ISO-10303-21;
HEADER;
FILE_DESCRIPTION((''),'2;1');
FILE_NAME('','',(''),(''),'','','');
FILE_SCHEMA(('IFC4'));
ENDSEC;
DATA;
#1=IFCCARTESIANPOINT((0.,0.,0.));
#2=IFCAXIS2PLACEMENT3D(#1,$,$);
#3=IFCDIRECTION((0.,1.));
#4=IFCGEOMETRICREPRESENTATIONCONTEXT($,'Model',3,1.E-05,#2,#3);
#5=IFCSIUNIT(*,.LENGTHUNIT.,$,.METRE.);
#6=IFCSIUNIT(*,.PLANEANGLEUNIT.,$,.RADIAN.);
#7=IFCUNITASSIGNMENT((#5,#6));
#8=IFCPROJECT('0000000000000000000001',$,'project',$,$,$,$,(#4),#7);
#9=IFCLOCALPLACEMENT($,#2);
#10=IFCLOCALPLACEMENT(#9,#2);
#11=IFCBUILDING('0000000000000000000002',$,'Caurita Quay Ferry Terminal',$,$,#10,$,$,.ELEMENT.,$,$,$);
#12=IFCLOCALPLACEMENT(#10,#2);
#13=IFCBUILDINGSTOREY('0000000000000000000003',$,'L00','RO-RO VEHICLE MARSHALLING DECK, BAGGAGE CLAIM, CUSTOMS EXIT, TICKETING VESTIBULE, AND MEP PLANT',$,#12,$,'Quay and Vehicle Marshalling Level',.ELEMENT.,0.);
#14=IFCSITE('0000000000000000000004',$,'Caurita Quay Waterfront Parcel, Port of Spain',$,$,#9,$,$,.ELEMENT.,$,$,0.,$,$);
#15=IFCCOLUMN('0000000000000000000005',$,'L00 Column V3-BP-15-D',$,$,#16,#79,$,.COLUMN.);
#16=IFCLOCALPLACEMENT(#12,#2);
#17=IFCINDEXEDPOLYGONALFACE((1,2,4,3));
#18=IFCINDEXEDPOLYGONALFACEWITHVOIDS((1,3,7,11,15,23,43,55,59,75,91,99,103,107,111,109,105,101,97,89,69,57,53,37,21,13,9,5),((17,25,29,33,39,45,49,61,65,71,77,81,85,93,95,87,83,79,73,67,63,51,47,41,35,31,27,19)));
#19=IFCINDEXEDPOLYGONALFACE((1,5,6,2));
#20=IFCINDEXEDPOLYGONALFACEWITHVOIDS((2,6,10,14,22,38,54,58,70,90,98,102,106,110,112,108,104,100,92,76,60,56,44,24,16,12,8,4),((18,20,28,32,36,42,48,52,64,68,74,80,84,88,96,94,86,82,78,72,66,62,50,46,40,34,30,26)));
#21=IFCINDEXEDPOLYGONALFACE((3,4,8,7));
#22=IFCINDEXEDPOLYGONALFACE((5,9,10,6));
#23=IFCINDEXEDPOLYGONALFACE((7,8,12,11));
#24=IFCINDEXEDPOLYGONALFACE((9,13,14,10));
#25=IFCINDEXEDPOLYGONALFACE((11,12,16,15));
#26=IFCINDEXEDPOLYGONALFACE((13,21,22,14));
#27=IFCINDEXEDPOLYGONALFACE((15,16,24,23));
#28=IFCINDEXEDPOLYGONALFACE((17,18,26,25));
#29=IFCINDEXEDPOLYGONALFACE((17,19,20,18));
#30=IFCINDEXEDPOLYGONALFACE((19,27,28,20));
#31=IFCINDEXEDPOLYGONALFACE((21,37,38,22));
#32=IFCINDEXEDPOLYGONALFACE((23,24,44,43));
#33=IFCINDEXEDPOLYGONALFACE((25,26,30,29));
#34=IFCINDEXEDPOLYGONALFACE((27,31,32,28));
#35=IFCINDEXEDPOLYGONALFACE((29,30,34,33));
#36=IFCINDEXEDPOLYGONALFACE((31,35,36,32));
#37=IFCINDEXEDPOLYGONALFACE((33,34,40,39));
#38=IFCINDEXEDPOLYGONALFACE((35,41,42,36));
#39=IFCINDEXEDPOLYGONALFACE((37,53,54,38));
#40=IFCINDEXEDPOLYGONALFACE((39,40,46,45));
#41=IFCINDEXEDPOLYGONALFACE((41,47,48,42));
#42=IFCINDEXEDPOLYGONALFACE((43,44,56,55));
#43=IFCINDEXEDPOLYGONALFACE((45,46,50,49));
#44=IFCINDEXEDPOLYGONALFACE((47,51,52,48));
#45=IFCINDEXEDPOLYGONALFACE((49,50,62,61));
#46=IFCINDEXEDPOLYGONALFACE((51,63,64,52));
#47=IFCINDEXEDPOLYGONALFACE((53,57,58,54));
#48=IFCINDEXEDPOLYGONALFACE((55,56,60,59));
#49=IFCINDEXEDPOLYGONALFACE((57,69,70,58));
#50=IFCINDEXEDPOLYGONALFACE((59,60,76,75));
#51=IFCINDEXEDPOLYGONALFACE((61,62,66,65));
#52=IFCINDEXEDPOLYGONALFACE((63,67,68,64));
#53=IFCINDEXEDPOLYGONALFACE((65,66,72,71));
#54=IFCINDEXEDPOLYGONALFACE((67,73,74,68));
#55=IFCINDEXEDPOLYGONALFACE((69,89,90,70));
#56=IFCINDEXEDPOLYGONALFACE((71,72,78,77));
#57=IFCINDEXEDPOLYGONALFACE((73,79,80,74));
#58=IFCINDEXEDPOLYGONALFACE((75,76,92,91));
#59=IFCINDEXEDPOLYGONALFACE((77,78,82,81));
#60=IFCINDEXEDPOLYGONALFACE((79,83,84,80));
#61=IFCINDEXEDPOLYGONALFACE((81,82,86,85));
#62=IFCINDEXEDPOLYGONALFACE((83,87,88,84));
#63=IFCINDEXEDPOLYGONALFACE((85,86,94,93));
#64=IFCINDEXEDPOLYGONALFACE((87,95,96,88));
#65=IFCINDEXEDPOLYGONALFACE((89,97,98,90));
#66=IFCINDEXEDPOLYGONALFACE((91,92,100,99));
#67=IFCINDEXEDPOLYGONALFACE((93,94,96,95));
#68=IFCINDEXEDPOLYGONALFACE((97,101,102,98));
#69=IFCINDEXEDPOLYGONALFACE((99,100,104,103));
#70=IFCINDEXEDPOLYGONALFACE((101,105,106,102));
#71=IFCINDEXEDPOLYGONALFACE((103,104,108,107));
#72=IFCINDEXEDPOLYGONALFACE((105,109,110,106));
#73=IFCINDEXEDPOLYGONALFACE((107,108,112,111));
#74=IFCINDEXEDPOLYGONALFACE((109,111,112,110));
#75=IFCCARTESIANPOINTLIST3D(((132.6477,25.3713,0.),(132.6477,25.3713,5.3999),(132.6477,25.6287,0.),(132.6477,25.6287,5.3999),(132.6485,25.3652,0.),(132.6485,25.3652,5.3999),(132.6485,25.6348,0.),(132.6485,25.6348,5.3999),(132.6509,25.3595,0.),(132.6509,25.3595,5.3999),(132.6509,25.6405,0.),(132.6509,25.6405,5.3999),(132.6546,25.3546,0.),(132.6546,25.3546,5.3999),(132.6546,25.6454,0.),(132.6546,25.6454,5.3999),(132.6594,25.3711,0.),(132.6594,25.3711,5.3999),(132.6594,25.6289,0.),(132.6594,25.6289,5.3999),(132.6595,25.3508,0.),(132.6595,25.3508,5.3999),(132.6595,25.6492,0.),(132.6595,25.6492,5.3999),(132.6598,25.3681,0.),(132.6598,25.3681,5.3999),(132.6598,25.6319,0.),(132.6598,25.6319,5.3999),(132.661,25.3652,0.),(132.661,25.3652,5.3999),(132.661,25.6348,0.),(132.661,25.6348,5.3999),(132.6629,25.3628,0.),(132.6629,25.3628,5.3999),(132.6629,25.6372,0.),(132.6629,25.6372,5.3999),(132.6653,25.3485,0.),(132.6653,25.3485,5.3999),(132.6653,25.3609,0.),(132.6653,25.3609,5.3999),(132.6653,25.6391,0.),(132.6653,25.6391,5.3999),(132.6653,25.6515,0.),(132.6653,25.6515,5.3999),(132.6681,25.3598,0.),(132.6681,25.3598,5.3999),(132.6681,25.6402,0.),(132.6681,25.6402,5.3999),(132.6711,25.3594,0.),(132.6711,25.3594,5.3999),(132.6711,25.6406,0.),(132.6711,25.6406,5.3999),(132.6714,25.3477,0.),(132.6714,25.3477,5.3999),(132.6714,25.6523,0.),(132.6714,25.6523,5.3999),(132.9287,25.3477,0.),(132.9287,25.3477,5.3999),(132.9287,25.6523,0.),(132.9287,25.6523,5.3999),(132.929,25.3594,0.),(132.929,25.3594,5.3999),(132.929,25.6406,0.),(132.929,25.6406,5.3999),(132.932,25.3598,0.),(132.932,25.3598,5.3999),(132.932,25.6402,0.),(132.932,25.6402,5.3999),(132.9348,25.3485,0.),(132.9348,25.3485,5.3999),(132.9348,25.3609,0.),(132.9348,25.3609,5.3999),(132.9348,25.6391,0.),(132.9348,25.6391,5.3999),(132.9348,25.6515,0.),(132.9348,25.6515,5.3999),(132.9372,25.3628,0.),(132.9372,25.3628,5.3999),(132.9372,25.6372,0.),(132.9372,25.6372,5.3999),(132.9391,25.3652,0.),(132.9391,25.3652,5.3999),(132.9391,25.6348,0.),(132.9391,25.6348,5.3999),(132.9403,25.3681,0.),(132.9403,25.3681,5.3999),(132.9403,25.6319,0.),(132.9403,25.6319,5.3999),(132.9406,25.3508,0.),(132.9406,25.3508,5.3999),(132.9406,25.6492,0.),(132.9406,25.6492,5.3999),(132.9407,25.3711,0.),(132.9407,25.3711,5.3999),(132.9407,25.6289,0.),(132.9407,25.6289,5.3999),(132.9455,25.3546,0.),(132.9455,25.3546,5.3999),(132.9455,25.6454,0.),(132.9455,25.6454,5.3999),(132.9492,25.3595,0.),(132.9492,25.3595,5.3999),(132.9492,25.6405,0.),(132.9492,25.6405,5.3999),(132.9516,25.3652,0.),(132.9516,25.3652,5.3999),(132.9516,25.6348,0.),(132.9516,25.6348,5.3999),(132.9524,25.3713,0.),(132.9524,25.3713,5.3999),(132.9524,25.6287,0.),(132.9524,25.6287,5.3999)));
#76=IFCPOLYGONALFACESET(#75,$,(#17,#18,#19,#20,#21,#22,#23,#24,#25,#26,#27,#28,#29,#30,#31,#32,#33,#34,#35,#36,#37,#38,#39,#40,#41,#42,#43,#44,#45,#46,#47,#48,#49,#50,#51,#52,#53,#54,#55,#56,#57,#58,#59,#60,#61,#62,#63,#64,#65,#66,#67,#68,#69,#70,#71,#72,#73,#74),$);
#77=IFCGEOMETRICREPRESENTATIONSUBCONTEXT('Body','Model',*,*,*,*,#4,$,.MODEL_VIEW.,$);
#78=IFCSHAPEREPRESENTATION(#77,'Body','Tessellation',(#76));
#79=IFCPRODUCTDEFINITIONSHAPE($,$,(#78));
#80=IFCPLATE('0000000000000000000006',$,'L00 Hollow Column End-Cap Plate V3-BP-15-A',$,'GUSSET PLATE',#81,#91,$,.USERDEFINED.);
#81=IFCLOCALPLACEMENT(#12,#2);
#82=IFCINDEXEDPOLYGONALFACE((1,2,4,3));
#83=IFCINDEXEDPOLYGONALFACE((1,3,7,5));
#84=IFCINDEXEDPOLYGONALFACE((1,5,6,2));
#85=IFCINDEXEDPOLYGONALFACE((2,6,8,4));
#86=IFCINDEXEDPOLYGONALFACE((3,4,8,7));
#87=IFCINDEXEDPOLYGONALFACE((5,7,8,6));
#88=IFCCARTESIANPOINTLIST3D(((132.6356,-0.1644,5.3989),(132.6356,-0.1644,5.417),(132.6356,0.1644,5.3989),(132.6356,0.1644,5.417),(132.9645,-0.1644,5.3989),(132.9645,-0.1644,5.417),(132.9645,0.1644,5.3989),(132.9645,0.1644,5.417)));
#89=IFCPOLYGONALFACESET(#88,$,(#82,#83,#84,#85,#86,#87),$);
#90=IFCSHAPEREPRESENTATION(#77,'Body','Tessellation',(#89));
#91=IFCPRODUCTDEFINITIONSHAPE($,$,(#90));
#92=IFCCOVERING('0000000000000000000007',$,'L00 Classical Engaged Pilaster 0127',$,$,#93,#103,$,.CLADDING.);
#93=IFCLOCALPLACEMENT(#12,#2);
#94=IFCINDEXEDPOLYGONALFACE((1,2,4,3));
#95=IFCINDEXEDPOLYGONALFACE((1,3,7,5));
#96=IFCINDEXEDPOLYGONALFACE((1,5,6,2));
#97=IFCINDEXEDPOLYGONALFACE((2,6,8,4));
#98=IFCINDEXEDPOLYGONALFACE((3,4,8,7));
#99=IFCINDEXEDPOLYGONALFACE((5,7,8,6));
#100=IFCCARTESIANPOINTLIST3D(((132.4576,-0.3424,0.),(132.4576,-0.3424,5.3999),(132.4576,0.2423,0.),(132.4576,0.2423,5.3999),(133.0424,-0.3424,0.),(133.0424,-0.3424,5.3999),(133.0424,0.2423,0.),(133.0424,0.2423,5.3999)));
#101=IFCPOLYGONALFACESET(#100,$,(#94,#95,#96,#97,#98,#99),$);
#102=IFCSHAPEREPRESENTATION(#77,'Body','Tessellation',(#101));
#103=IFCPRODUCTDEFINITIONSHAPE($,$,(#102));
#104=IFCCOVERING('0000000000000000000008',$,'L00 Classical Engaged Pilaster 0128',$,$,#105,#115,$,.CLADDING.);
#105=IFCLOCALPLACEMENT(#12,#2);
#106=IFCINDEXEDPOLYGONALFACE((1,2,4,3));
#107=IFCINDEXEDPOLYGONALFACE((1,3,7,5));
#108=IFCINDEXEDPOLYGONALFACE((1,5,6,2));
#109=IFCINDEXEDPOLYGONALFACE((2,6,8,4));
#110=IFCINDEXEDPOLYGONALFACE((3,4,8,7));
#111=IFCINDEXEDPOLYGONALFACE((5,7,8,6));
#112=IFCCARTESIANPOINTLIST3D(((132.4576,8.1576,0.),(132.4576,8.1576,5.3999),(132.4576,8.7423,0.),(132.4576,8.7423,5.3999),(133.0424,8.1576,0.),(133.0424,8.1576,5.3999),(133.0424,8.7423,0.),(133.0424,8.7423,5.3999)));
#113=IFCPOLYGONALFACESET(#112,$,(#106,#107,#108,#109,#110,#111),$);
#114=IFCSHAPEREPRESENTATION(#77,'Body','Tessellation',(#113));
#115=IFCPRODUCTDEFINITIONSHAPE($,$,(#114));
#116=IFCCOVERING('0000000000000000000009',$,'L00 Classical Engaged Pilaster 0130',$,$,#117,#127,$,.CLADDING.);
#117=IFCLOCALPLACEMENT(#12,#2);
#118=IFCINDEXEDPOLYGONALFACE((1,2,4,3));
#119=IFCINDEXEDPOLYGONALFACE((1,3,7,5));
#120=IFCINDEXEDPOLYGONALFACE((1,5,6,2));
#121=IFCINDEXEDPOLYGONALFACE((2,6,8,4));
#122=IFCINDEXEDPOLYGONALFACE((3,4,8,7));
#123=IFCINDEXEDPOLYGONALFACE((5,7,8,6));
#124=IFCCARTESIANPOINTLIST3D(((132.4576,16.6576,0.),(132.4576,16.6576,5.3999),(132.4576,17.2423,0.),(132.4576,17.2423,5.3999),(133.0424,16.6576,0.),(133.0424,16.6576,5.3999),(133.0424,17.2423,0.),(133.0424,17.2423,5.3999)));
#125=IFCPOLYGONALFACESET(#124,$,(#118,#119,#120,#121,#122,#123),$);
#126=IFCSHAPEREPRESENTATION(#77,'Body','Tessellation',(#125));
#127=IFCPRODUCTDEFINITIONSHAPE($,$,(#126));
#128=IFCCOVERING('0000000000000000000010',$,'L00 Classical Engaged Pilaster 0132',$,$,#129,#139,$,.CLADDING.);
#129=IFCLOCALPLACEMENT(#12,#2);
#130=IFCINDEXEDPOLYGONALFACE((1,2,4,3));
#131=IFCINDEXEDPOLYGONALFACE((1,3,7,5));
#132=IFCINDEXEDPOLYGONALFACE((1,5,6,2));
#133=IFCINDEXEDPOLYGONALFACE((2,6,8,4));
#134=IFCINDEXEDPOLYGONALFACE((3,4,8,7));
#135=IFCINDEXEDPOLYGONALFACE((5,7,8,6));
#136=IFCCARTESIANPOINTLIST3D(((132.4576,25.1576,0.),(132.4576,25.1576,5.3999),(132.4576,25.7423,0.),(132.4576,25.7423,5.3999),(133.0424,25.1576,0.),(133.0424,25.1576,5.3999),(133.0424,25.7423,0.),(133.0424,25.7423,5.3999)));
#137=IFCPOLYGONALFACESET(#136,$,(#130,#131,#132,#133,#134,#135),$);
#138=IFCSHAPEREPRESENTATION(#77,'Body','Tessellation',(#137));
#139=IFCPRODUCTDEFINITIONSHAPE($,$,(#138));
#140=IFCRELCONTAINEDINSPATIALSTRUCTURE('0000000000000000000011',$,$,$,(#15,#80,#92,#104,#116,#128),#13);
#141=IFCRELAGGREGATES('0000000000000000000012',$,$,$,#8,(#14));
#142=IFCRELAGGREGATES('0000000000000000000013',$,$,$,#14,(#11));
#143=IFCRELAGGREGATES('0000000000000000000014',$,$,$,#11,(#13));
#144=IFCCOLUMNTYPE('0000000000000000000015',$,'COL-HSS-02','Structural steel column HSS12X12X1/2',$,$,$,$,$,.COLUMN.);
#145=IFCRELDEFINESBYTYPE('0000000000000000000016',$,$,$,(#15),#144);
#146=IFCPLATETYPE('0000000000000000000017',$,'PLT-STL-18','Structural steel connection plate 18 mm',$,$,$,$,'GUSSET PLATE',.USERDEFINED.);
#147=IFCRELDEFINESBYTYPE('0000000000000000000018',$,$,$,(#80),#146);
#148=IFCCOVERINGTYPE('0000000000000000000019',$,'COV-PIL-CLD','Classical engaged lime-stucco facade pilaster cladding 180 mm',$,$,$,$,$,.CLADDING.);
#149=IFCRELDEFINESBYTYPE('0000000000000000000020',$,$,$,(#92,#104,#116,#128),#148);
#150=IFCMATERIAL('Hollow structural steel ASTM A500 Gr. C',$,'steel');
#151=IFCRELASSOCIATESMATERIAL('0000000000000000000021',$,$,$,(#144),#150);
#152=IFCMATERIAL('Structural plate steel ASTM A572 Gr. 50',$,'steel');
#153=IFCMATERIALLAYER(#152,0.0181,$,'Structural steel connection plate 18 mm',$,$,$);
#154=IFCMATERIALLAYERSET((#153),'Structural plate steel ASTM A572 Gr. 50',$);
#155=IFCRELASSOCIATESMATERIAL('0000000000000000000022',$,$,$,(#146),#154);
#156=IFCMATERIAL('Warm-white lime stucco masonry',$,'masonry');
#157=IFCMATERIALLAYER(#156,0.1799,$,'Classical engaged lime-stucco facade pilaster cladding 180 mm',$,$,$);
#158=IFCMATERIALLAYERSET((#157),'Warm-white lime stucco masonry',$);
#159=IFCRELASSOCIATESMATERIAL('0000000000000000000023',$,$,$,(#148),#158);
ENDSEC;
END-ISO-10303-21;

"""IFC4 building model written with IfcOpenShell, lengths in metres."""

from ifc_helpers import new_model, si_unit, direction, frame, origin, origin_2d, place, context, subcontext, project, spatial, rectangle, hollow_rectangle, extrude, material, layer, layer_set, material_profile, profile_set, type_object, element, save


model = new_model("IFC4")

# Units and contexts
model_context = context("Model", 3, precision=1e-05, world=origin(), true_north=direction((0.0, 1.0)))
body_context = subcontext(model_context, "Body", "Model", "MODEL_VIEW")
ifc_project = project(units=[si_unit("LENGTHUNIT", "METRE"), si_unit("PLANEANGLEUNIT", "RADIAN")], contexts=[model_context])

# Site, building, storey
site_placement = place(None, origin())
site = spatial("IfcSite", under=ifc_project, at=site_placement, Name="Caurita Quay Waterfront Parcel, Port of Spain", CompositionType="ELEMENT", RefElevation=0.0)
building_placement = place(site_placement, origin())
building = spatial("IfcBuilding", under=site, at=building_placement, Name="Caurita Quay Ferry Terminal", CompositionType="ELEMENT")
storey_placement = place(building_placement, origin())
storey = spatial("IfcBuildingStorey", under=building, at=storey_placement, Name="L00", Description="RO-RO VEHICLE MARSHALLING DECK, BAGGAGE CLAIM, CUSTOMS EXIT, TICKETING VESTIBULE, AND MEP PLANT", LongName="Quay and Vehicle Marshalling Level", CompositionType="ELEMENT", Elevation=0.0)

# Column
ifc_material_1 = material(Name="Hollow structural steel ASTM A500 Gr. C", Category="steel")
ifc_material_profile_1 = material_profile(ifc_material_1, hollow_rectangle(XDim=0.3047, YDim=0.3047, WallThickness=0.0117, InnerFilletRadius=0.0117, OuterFilletRadius=0.0237, at=origin_2d()), Name="HSS12X12X1/2")
ifc_profile_set_1 = profile_set([ifc_material_profile_1], Name="Hollow structural steel ASTM A500 Gr. C")
column_type = type_object("IfcColumnType", Name="COL-HSS-02", Description="Structural steel column HSS12X12X1/2", PredefinedType="COLUMN", material=ifc_profile_set_1)
for number, where, z_axis, x_axis, name in (
    (1, (132.8, 25.5, 0.0), (0.0, 0.0, 1.0), (1.0, 0.0, 0.0), "L00 Column V3-BP-15-D"),
):
    element("IfcColumn", number, at=place(storey_placement, frame(where, z_axis=z_axis, x_axis=x_axis)), inside=storey, type_object=column_type, Name=name, PredefinedType="COLUMN", context=body_context, shape_type="SweptSolid", body=[
        extrude(hollow_rectangle(XDim=0.3047, YDim=0.3047, WallThickness=0.0117, InnerFilletRadius=0.0117, OuterFilletRadius=0.0237, at=origin_2d()), origin(), (0.0, 0.0, 1.0), 5.3999),
    ])

# Plate
ifc_material_2 = material(Name="Structural plate steel ASTM A572 Gr. 50", Category="steel")
ifc_layer_1 = layer(ifc_material_2, 0.0181, Name="Structural steel connection plate 18 mm")
ifc_layer_set_1 = layer_set([ifc_layer_1], Name="Structural plate steel ASTM A572 Gr. 50")
plate_type = type_object("IfcPlateType", Name="PLT-STL-18", Description="Structural steel connection plate 18 mm", ElementType="GUSSET PLATE", PredefinedType="USERDEFINED", material=ifc_layer_set_1)
plate_placement = place(storey_placement, frame((132.8, 0.0, 5.3989), z_axis=(0.0, 0.0, 1.0), x_axis=(1.0, 0.0, 0.0)))
element("IfcPlate", 2, at=plate_placement, inside=storey, type_object=plate_type, Name="L00 Hollow Column End-Cap Plate V3-BP-15-A", ObjectType="GUSSET PLATE", PredefinedType="USERDEFINED", context=body_context, shape_type="SweptSolid", body=[
    extrude(rectangle(XDim=0.3289, YDim=0.3289, at=origin_2d()), origin(), (0.0, 0.0, 1.0), 0.0181),
])

# Coverings
ifc_material_3 = material(Name="Warm-white lime stucco masonry", Category="masonry")
ifc_layer_2 = layer(ifc_material_3, 0.1799, Name="Classical engaged lime-stucco facade pilaster cladding 180 mm")
ifc_layer_set_2 = layer_set([ifc_layer_2], Name="Warm-white lime stucco masonry")
covering_type = type_object("IfcCoveringType", Name="COV-PIL-CLD", Description="Classical engaged lime-stucco facade pilaster cladding 180 mm", PredefinedType="CLADDING", material=ifc_layer_set_2)
for number, where, z_axis, x_axis, name in (
    (3, (132.75, -0.05, 0.0), (0.0, 0.0, 1.0), (1.0, 0.0, 0.0), "L00 Classical Engaged Pilaster 0127"),
    (4, (132.75, 8.45, 0.0), (0.0, 0.0, 1.0), (1.0, 0.0, 0.0), "L00 Classical Engaged Pilaster 0128"),
    (5, (132.75, 16.95, 0.0), (0.0, 0.0, 1.0), (1.0, 0.0, 0.0), "L00 Classical Engaged Pilaster 0130"),
    (6, (132.75, 25.45, 0.0), (0.0, 0.0, 1.0), (1.0, 0.0, 0.0), "L00 Classical Engaged Pilaster 0132"),
):
    element("IfcCovering", number, at=place(storey_placement, frame(where, z_axis=z_axis, x_axis=x_axis)), inside=storey, type_object=covering_type, Name=name, PredefinedType="CLADDING", context=body_context, shape_type="SweptSolid", body=[
        extrude(rectangle(XDim=0.5847, YDim=0.5847, at=origin_2d()), origin(), (0.0, 0.0, 1.0), 5.3999),
    ])

save(model, "model.ifc")
